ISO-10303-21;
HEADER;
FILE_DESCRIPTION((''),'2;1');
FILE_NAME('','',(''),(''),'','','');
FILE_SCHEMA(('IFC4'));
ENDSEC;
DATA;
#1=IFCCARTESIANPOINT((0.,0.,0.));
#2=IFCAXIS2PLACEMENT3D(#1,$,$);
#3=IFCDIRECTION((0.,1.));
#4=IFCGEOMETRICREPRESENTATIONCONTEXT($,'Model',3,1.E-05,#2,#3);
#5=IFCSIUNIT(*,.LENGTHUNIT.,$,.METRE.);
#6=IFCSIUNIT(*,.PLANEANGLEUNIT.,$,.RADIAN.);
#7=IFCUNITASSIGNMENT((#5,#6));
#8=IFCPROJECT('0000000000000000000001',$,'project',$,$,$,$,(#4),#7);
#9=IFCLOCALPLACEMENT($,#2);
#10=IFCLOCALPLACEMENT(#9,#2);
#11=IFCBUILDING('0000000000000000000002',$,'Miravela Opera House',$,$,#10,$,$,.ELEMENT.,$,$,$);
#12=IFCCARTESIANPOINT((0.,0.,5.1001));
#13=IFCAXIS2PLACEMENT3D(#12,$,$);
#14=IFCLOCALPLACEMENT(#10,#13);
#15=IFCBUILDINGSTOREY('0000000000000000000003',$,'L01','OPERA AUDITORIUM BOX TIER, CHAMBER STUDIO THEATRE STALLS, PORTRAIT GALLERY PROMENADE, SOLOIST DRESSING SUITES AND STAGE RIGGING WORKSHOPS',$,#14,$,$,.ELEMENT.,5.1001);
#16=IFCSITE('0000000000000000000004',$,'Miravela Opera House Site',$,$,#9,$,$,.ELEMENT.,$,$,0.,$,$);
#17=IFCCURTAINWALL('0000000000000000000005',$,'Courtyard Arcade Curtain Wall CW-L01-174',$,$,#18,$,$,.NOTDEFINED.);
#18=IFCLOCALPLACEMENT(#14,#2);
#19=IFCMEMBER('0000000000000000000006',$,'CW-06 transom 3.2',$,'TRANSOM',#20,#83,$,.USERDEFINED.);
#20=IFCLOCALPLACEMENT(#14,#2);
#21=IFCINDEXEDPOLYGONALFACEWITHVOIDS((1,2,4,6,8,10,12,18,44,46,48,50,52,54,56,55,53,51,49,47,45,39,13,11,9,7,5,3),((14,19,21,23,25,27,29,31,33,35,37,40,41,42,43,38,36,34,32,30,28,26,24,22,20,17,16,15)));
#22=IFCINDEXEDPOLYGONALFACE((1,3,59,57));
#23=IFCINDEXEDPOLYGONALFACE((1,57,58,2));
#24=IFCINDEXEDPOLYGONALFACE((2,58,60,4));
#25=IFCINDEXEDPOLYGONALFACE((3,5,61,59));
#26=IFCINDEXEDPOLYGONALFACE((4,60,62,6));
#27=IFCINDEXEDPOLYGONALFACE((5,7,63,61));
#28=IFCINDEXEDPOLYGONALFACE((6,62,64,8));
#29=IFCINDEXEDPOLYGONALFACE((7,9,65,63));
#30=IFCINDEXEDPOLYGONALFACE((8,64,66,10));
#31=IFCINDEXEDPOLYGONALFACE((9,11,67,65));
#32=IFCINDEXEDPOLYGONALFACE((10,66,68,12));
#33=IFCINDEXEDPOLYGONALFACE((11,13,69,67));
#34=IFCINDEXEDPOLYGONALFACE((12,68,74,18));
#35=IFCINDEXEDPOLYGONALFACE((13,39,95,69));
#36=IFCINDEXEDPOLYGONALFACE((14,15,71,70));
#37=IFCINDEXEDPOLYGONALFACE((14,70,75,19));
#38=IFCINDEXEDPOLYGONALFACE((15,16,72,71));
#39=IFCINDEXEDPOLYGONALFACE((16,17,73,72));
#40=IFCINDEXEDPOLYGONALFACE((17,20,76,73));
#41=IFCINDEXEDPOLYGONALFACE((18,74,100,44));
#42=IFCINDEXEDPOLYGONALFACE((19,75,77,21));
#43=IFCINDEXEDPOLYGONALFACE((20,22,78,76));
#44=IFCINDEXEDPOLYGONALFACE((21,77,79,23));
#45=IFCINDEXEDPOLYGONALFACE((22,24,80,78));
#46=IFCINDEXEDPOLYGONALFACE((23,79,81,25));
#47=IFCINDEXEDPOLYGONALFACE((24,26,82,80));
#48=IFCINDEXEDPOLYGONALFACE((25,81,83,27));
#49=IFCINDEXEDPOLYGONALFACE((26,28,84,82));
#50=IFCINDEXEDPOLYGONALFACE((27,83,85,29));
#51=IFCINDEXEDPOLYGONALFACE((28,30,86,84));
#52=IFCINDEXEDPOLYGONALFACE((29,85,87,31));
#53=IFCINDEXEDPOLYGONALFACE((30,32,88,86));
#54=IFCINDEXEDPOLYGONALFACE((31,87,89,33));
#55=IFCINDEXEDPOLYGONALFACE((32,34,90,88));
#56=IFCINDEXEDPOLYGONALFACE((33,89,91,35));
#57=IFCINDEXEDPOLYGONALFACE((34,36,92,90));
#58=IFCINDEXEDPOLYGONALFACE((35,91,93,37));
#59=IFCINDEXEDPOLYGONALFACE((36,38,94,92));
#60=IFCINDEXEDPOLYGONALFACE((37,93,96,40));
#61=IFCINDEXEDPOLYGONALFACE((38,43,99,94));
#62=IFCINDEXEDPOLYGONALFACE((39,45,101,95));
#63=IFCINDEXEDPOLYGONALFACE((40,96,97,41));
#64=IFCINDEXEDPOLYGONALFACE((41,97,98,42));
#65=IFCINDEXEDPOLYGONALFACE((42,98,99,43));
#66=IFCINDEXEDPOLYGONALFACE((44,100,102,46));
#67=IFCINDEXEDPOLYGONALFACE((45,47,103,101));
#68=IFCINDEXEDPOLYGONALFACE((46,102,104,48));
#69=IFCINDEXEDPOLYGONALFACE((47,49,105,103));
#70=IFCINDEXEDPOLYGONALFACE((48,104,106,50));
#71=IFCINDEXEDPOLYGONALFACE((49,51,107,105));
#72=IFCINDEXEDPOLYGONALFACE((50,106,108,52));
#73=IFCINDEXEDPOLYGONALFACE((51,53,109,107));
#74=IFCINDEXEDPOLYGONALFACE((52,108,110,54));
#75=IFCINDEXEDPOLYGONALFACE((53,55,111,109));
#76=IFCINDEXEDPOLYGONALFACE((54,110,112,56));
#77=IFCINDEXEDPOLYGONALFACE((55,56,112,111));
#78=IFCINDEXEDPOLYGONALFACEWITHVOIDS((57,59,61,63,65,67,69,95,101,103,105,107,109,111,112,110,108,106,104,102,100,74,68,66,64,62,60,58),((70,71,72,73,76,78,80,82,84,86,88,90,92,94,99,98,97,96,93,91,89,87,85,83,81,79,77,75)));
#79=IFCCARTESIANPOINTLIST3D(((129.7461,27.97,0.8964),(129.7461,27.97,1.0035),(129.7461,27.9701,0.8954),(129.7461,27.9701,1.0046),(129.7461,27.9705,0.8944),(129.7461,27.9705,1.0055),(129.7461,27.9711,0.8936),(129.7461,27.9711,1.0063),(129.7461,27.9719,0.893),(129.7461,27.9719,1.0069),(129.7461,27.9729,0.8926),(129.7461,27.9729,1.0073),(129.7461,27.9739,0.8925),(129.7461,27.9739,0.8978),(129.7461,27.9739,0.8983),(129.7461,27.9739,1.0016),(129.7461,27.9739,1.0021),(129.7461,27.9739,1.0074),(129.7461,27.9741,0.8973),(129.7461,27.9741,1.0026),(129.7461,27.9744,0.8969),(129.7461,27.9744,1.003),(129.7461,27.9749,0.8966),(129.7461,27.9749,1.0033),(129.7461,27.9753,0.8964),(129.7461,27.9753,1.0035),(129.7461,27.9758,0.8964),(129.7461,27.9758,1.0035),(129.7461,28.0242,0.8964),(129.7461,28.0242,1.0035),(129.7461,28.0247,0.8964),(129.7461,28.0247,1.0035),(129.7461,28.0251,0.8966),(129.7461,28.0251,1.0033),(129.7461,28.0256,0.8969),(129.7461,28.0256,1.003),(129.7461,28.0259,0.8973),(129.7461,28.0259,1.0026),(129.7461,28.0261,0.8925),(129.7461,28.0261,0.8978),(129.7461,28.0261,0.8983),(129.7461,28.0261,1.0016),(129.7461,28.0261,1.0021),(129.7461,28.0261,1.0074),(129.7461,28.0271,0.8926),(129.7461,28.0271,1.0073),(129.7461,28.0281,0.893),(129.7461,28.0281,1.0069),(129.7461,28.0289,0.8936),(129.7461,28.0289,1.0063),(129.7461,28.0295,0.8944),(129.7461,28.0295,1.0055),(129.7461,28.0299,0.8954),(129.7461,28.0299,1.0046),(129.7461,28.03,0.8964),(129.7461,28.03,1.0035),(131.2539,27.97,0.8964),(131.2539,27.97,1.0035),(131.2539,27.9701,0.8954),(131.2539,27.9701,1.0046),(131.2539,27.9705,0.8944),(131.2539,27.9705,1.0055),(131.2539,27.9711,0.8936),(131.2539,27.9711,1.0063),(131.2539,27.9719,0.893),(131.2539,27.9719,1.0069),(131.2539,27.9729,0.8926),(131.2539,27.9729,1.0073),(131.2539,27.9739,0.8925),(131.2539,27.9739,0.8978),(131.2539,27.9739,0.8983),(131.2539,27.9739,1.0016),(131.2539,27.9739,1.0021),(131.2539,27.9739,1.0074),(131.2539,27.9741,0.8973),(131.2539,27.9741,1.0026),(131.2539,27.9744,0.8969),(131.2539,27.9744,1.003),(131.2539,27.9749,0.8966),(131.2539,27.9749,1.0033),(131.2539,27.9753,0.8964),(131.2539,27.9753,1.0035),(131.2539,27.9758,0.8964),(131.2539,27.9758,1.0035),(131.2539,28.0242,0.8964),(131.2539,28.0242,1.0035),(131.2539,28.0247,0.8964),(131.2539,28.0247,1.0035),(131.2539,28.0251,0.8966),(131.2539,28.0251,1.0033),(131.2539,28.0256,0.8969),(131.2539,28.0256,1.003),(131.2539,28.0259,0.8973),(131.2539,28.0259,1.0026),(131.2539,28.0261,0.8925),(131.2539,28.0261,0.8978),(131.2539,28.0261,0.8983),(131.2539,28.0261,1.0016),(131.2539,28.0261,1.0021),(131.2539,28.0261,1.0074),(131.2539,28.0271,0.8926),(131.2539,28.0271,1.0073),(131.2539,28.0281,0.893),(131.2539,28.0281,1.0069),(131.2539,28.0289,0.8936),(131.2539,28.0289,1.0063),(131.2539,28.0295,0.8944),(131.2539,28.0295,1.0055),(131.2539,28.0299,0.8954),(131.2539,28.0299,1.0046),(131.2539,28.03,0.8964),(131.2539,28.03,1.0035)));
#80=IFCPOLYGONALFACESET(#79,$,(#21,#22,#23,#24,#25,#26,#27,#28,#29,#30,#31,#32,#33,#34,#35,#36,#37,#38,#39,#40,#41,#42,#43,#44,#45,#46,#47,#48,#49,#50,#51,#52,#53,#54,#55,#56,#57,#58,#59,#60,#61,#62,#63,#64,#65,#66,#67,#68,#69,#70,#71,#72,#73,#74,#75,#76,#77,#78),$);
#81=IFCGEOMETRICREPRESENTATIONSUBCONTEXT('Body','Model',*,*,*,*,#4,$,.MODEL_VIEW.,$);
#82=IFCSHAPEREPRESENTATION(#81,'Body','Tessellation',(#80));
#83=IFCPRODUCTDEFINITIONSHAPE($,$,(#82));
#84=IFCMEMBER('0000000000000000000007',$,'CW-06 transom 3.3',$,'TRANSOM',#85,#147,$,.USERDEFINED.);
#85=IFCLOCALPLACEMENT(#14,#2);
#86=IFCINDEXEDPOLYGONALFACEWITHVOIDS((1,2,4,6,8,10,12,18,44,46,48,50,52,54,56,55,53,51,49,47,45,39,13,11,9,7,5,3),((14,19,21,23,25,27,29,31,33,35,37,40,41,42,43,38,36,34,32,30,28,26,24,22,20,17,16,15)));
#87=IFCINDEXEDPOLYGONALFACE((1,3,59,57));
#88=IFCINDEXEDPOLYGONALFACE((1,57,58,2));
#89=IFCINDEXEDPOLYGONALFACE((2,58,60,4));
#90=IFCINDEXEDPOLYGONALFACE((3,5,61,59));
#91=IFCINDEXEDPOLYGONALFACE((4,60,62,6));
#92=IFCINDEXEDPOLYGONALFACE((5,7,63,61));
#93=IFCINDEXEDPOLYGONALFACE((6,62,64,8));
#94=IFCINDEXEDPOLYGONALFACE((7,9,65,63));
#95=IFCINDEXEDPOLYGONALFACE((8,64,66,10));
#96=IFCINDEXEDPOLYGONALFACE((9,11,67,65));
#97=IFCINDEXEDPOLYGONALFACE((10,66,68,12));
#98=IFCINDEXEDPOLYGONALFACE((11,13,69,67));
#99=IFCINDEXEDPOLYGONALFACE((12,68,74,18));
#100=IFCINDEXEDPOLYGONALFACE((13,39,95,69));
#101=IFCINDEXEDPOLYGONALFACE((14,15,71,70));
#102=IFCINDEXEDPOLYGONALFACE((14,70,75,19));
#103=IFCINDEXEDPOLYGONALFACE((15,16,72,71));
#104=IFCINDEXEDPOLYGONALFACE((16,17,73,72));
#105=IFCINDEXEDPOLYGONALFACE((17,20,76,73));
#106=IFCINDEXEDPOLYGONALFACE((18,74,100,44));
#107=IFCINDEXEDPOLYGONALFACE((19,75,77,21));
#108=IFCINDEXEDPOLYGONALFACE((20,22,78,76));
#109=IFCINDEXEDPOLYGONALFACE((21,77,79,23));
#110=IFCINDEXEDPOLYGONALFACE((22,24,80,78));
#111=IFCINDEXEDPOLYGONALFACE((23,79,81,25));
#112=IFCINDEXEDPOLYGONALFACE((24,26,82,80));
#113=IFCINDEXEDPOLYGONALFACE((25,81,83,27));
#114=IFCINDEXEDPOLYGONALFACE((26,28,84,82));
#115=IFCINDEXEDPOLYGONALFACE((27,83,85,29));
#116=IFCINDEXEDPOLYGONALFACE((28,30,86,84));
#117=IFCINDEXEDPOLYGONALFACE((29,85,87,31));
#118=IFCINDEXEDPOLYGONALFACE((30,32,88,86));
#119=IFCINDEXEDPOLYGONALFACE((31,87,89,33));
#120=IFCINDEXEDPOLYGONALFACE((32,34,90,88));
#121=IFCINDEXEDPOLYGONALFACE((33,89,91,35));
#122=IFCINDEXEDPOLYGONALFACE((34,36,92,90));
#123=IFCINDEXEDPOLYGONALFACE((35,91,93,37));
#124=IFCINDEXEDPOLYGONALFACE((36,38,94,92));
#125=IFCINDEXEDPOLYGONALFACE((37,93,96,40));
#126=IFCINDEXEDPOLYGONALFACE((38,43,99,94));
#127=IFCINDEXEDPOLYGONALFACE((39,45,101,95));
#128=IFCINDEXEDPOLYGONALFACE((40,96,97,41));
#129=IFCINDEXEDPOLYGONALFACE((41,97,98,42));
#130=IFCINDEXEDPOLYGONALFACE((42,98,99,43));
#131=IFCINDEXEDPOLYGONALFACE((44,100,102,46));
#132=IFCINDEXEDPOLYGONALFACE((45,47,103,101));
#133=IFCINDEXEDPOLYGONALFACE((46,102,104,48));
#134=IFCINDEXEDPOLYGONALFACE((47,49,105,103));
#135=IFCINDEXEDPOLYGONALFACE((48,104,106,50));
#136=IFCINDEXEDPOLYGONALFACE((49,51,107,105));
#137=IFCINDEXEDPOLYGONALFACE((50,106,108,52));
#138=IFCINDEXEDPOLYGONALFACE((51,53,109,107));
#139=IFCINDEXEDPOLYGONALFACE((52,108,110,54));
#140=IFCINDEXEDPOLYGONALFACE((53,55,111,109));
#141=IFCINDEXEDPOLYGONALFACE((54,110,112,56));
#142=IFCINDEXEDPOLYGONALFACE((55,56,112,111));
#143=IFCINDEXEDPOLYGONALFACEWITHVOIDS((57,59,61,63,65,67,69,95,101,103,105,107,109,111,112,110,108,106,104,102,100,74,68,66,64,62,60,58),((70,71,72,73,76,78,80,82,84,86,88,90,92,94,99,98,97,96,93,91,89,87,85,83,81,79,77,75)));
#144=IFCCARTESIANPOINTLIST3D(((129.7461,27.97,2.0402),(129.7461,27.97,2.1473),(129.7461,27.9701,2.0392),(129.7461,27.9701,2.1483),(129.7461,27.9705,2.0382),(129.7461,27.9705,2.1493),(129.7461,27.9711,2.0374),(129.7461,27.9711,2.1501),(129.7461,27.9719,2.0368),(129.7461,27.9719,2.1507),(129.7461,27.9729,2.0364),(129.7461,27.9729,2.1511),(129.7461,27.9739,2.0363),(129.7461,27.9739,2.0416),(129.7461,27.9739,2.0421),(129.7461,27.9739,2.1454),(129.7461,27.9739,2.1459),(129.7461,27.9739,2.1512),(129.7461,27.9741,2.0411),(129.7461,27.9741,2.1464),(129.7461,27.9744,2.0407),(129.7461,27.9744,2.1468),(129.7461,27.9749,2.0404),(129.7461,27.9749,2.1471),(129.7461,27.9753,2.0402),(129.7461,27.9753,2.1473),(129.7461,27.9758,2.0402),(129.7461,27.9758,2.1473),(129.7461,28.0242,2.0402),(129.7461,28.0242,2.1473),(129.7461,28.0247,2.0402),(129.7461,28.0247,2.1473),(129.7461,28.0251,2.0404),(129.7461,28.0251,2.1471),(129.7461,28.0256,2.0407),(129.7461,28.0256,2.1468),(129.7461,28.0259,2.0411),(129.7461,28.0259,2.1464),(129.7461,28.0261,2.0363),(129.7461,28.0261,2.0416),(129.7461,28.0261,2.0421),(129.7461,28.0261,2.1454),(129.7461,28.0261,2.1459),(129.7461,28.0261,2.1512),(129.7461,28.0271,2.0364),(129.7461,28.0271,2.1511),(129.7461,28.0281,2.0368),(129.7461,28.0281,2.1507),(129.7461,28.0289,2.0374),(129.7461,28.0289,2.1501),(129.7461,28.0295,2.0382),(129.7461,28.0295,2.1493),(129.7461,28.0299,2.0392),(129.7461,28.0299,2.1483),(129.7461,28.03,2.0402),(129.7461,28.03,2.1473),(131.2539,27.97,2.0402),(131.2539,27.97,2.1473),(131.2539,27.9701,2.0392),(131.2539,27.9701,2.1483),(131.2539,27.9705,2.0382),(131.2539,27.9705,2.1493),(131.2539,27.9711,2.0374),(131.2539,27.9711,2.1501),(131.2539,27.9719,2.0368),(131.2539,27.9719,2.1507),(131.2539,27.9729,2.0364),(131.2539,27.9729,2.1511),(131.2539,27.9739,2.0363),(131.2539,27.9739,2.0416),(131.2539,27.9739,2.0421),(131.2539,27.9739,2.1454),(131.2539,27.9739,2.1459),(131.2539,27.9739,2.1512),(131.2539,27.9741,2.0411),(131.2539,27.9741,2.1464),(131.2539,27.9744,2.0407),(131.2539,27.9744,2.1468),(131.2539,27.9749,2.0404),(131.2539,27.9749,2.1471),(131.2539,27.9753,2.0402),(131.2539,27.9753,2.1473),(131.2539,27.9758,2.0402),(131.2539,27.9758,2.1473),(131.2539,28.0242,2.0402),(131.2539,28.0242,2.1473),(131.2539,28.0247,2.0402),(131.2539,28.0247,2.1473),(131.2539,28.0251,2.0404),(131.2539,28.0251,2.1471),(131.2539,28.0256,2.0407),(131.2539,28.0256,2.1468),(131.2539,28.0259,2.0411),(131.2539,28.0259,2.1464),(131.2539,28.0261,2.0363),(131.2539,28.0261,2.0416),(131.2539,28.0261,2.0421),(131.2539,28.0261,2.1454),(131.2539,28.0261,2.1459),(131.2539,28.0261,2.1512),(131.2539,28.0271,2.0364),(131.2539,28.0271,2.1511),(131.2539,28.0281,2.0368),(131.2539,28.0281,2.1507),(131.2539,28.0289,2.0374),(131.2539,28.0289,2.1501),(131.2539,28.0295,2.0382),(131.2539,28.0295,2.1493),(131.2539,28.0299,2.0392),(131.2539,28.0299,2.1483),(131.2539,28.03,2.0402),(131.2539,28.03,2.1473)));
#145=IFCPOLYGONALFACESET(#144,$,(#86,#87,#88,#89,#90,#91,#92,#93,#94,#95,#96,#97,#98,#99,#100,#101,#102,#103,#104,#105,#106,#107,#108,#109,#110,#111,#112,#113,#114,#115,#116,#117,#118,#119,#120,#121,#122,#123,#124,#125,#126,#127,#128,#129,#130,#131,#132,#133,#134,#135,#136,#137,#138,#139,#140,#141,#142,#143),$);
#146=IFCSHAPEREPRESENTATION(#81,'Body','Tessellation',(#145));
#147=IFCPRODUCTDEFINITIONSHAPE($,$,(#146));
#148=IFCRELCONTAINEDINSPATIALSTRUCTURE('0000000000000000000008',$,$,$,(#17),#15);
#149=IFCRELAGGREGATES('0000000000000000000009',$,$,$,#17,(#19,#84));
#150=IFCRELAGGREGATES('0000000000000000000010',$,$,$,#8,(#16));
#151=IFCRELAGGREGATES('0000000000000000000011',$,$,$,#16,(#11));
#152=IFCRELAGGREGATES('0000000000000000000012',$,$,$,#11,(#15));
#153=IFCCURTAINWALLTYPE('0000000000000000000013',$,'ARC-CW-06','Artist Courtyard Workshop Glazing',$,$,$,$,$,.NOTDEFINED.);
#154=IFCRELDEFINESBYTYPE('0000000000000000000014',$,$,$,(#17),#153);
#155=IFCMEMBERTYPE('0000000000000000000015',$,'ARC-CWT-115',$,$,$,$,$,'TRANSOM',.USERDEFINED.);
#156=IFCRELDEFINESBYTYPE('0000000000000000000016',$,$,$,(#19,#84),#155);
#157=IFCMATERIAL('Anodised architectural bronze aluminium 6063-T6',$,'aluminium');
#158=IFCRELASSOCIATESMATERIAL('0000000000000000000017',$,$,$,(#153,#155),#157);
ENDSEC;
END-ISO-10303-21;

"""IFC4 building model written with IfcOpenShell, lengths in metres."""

from ifc_helpers import new_model, si_unit, direction, frame, origin, origin_2d, place, context, subcontext, project, spatial, hollow_rectangle, extrude, material, material_profile, profile_set, type_object, element, aggregate, save


model = new_model("IFC4")

# Units and contexts
model_context = context("Model", 3, precision=1e-05, world=origin(), true_north=direction((0.0, 1.0)))
body_context = subcontext(model_context, "Body", "Model", "MODEL_VIEW")
ifc_project = project(units=[si_unit("LENGTHUNIT", "METRE"), si_unit("PLANEANGLEUNIT", "RADIAN")], contexts=[model_context])

# Site, building, storey
site_placement = place(None, origin())
site = spatial("IfcSite", under=ifc_project, at=site_placement, Name="Miravela Opera House Site", CompositionType="ELEMENT", RefElevation=0.0)
building_placement = place(site_placement, origin())
building = spatial("IfcBuilding", under=site, at=building_placement, Name="Miravela Opera House", CompositionType="ELEMENT")
storey_placement = place(building_placement, frame((0.0, 0.0, 5.1001)))
storey = spatial("IfcBuildingStorey", under=building, at=storey_placement, Name="L01", Description="OPERA AUDITORIUM BOX TIER, CHAMBER STUDIO THEATRE STALLS, PORTRAIT GALLERY PROMENADE, SOLOIST DRESSING SUITES AND STAGE RIGGING WORKSHOPS", CompositionType="ELEMENT", Elevation=5.1001)

# Curtain wall, members
ifc_material_1 = material(Name="Anodised architectural bronze aluminium 6063-T6", Category="aluminium")
curtain_wall_type = type_object("IfcCurtainWallType", Name="ARC-CW-06", Description="Artist Courtyard Workshop Glazing", PredefinedType="NOTDEFINED", material=ifc_material_1)
curtain_wall_placement = place(storey_placement, origin())
curtain_wall = element("IfcCurtainWall", 1, at=curtain_wall_placement, inside=storey, type_object=curtain_wall_type, Name="Courtyard Arcade Curtain Wall CW-L01-174", PredefinedType="NOTDEFINED")
ifc_material_profile_1 = material_profile(ifc_material_1, hollow_rectangle(XDim=0.0601, YDim=0.115, WallThickness=0.0039, InnerFilletRadius=0.002, OuterFilletRadius=0.0039, at=origin_2d()), Name="CWT-60X115")
ifc_profile_set_1 = profile_set([ifc_material_profile_1])
member_type_1 = type_object("IfcMemberType", Name="ARC-CWT-115", ElementType="TRANSOM", PredefinedType="USERDEFINED", material=ifc_profile_set_1)
member_1_placement = place(storey_placement, frame((129.7461, 28.0, 0.95), z_axis=(1.0, 0.0, 0.0), x_axis=(0.0, 1.0, 0.0)))
member_1 = element("IfcMember", 2, at=member_1_placement, type_object=member_type_1, Name="CW-06 transom 3.2", ObjectType="TRANSOM", PredefinedType="USERDEFINED", context=body_context, shape_type="SweptSolid", body=[
    extrude(hollow_rectangle(XDim=0.0601, YDim=0.115, WallThickness=0.0039, InnerFilletRadius=0.002, OuterFilletRadius=0.0039, at=origin_2d()), origin(), (0.0, 0.0, 1.0), 1.5078),
])
member_2_placement = place(storey_placement, frame((129.7461, 28.0, 2.0938), z_axis=(1.0, 0.0, 0.0), x_axis=(0.0, 1.0, 0.0)))
member_2 = element("IfcMember", 3, at=member_2_placement, type_object=member_type_1, Name="CW-06 transom 3.3", ObjectType="TRANSOM", PredefinedType="USERDEFINED", context=body_context, shape_type="SweptSolid", body=[
    extrude(hollow_rectangle(XDim=0.0601, YDim=0.115, WallThickness=0.0039, InnerFilletRadius=0.002, OuterFilletRadius=0.0039, at=origin_2d()), origin(), (0.0, 0.0, 1.0), 1.5078),
])
aggregate(curtain_wall, [member_1, member_2])

save(model, "model.ifc")
